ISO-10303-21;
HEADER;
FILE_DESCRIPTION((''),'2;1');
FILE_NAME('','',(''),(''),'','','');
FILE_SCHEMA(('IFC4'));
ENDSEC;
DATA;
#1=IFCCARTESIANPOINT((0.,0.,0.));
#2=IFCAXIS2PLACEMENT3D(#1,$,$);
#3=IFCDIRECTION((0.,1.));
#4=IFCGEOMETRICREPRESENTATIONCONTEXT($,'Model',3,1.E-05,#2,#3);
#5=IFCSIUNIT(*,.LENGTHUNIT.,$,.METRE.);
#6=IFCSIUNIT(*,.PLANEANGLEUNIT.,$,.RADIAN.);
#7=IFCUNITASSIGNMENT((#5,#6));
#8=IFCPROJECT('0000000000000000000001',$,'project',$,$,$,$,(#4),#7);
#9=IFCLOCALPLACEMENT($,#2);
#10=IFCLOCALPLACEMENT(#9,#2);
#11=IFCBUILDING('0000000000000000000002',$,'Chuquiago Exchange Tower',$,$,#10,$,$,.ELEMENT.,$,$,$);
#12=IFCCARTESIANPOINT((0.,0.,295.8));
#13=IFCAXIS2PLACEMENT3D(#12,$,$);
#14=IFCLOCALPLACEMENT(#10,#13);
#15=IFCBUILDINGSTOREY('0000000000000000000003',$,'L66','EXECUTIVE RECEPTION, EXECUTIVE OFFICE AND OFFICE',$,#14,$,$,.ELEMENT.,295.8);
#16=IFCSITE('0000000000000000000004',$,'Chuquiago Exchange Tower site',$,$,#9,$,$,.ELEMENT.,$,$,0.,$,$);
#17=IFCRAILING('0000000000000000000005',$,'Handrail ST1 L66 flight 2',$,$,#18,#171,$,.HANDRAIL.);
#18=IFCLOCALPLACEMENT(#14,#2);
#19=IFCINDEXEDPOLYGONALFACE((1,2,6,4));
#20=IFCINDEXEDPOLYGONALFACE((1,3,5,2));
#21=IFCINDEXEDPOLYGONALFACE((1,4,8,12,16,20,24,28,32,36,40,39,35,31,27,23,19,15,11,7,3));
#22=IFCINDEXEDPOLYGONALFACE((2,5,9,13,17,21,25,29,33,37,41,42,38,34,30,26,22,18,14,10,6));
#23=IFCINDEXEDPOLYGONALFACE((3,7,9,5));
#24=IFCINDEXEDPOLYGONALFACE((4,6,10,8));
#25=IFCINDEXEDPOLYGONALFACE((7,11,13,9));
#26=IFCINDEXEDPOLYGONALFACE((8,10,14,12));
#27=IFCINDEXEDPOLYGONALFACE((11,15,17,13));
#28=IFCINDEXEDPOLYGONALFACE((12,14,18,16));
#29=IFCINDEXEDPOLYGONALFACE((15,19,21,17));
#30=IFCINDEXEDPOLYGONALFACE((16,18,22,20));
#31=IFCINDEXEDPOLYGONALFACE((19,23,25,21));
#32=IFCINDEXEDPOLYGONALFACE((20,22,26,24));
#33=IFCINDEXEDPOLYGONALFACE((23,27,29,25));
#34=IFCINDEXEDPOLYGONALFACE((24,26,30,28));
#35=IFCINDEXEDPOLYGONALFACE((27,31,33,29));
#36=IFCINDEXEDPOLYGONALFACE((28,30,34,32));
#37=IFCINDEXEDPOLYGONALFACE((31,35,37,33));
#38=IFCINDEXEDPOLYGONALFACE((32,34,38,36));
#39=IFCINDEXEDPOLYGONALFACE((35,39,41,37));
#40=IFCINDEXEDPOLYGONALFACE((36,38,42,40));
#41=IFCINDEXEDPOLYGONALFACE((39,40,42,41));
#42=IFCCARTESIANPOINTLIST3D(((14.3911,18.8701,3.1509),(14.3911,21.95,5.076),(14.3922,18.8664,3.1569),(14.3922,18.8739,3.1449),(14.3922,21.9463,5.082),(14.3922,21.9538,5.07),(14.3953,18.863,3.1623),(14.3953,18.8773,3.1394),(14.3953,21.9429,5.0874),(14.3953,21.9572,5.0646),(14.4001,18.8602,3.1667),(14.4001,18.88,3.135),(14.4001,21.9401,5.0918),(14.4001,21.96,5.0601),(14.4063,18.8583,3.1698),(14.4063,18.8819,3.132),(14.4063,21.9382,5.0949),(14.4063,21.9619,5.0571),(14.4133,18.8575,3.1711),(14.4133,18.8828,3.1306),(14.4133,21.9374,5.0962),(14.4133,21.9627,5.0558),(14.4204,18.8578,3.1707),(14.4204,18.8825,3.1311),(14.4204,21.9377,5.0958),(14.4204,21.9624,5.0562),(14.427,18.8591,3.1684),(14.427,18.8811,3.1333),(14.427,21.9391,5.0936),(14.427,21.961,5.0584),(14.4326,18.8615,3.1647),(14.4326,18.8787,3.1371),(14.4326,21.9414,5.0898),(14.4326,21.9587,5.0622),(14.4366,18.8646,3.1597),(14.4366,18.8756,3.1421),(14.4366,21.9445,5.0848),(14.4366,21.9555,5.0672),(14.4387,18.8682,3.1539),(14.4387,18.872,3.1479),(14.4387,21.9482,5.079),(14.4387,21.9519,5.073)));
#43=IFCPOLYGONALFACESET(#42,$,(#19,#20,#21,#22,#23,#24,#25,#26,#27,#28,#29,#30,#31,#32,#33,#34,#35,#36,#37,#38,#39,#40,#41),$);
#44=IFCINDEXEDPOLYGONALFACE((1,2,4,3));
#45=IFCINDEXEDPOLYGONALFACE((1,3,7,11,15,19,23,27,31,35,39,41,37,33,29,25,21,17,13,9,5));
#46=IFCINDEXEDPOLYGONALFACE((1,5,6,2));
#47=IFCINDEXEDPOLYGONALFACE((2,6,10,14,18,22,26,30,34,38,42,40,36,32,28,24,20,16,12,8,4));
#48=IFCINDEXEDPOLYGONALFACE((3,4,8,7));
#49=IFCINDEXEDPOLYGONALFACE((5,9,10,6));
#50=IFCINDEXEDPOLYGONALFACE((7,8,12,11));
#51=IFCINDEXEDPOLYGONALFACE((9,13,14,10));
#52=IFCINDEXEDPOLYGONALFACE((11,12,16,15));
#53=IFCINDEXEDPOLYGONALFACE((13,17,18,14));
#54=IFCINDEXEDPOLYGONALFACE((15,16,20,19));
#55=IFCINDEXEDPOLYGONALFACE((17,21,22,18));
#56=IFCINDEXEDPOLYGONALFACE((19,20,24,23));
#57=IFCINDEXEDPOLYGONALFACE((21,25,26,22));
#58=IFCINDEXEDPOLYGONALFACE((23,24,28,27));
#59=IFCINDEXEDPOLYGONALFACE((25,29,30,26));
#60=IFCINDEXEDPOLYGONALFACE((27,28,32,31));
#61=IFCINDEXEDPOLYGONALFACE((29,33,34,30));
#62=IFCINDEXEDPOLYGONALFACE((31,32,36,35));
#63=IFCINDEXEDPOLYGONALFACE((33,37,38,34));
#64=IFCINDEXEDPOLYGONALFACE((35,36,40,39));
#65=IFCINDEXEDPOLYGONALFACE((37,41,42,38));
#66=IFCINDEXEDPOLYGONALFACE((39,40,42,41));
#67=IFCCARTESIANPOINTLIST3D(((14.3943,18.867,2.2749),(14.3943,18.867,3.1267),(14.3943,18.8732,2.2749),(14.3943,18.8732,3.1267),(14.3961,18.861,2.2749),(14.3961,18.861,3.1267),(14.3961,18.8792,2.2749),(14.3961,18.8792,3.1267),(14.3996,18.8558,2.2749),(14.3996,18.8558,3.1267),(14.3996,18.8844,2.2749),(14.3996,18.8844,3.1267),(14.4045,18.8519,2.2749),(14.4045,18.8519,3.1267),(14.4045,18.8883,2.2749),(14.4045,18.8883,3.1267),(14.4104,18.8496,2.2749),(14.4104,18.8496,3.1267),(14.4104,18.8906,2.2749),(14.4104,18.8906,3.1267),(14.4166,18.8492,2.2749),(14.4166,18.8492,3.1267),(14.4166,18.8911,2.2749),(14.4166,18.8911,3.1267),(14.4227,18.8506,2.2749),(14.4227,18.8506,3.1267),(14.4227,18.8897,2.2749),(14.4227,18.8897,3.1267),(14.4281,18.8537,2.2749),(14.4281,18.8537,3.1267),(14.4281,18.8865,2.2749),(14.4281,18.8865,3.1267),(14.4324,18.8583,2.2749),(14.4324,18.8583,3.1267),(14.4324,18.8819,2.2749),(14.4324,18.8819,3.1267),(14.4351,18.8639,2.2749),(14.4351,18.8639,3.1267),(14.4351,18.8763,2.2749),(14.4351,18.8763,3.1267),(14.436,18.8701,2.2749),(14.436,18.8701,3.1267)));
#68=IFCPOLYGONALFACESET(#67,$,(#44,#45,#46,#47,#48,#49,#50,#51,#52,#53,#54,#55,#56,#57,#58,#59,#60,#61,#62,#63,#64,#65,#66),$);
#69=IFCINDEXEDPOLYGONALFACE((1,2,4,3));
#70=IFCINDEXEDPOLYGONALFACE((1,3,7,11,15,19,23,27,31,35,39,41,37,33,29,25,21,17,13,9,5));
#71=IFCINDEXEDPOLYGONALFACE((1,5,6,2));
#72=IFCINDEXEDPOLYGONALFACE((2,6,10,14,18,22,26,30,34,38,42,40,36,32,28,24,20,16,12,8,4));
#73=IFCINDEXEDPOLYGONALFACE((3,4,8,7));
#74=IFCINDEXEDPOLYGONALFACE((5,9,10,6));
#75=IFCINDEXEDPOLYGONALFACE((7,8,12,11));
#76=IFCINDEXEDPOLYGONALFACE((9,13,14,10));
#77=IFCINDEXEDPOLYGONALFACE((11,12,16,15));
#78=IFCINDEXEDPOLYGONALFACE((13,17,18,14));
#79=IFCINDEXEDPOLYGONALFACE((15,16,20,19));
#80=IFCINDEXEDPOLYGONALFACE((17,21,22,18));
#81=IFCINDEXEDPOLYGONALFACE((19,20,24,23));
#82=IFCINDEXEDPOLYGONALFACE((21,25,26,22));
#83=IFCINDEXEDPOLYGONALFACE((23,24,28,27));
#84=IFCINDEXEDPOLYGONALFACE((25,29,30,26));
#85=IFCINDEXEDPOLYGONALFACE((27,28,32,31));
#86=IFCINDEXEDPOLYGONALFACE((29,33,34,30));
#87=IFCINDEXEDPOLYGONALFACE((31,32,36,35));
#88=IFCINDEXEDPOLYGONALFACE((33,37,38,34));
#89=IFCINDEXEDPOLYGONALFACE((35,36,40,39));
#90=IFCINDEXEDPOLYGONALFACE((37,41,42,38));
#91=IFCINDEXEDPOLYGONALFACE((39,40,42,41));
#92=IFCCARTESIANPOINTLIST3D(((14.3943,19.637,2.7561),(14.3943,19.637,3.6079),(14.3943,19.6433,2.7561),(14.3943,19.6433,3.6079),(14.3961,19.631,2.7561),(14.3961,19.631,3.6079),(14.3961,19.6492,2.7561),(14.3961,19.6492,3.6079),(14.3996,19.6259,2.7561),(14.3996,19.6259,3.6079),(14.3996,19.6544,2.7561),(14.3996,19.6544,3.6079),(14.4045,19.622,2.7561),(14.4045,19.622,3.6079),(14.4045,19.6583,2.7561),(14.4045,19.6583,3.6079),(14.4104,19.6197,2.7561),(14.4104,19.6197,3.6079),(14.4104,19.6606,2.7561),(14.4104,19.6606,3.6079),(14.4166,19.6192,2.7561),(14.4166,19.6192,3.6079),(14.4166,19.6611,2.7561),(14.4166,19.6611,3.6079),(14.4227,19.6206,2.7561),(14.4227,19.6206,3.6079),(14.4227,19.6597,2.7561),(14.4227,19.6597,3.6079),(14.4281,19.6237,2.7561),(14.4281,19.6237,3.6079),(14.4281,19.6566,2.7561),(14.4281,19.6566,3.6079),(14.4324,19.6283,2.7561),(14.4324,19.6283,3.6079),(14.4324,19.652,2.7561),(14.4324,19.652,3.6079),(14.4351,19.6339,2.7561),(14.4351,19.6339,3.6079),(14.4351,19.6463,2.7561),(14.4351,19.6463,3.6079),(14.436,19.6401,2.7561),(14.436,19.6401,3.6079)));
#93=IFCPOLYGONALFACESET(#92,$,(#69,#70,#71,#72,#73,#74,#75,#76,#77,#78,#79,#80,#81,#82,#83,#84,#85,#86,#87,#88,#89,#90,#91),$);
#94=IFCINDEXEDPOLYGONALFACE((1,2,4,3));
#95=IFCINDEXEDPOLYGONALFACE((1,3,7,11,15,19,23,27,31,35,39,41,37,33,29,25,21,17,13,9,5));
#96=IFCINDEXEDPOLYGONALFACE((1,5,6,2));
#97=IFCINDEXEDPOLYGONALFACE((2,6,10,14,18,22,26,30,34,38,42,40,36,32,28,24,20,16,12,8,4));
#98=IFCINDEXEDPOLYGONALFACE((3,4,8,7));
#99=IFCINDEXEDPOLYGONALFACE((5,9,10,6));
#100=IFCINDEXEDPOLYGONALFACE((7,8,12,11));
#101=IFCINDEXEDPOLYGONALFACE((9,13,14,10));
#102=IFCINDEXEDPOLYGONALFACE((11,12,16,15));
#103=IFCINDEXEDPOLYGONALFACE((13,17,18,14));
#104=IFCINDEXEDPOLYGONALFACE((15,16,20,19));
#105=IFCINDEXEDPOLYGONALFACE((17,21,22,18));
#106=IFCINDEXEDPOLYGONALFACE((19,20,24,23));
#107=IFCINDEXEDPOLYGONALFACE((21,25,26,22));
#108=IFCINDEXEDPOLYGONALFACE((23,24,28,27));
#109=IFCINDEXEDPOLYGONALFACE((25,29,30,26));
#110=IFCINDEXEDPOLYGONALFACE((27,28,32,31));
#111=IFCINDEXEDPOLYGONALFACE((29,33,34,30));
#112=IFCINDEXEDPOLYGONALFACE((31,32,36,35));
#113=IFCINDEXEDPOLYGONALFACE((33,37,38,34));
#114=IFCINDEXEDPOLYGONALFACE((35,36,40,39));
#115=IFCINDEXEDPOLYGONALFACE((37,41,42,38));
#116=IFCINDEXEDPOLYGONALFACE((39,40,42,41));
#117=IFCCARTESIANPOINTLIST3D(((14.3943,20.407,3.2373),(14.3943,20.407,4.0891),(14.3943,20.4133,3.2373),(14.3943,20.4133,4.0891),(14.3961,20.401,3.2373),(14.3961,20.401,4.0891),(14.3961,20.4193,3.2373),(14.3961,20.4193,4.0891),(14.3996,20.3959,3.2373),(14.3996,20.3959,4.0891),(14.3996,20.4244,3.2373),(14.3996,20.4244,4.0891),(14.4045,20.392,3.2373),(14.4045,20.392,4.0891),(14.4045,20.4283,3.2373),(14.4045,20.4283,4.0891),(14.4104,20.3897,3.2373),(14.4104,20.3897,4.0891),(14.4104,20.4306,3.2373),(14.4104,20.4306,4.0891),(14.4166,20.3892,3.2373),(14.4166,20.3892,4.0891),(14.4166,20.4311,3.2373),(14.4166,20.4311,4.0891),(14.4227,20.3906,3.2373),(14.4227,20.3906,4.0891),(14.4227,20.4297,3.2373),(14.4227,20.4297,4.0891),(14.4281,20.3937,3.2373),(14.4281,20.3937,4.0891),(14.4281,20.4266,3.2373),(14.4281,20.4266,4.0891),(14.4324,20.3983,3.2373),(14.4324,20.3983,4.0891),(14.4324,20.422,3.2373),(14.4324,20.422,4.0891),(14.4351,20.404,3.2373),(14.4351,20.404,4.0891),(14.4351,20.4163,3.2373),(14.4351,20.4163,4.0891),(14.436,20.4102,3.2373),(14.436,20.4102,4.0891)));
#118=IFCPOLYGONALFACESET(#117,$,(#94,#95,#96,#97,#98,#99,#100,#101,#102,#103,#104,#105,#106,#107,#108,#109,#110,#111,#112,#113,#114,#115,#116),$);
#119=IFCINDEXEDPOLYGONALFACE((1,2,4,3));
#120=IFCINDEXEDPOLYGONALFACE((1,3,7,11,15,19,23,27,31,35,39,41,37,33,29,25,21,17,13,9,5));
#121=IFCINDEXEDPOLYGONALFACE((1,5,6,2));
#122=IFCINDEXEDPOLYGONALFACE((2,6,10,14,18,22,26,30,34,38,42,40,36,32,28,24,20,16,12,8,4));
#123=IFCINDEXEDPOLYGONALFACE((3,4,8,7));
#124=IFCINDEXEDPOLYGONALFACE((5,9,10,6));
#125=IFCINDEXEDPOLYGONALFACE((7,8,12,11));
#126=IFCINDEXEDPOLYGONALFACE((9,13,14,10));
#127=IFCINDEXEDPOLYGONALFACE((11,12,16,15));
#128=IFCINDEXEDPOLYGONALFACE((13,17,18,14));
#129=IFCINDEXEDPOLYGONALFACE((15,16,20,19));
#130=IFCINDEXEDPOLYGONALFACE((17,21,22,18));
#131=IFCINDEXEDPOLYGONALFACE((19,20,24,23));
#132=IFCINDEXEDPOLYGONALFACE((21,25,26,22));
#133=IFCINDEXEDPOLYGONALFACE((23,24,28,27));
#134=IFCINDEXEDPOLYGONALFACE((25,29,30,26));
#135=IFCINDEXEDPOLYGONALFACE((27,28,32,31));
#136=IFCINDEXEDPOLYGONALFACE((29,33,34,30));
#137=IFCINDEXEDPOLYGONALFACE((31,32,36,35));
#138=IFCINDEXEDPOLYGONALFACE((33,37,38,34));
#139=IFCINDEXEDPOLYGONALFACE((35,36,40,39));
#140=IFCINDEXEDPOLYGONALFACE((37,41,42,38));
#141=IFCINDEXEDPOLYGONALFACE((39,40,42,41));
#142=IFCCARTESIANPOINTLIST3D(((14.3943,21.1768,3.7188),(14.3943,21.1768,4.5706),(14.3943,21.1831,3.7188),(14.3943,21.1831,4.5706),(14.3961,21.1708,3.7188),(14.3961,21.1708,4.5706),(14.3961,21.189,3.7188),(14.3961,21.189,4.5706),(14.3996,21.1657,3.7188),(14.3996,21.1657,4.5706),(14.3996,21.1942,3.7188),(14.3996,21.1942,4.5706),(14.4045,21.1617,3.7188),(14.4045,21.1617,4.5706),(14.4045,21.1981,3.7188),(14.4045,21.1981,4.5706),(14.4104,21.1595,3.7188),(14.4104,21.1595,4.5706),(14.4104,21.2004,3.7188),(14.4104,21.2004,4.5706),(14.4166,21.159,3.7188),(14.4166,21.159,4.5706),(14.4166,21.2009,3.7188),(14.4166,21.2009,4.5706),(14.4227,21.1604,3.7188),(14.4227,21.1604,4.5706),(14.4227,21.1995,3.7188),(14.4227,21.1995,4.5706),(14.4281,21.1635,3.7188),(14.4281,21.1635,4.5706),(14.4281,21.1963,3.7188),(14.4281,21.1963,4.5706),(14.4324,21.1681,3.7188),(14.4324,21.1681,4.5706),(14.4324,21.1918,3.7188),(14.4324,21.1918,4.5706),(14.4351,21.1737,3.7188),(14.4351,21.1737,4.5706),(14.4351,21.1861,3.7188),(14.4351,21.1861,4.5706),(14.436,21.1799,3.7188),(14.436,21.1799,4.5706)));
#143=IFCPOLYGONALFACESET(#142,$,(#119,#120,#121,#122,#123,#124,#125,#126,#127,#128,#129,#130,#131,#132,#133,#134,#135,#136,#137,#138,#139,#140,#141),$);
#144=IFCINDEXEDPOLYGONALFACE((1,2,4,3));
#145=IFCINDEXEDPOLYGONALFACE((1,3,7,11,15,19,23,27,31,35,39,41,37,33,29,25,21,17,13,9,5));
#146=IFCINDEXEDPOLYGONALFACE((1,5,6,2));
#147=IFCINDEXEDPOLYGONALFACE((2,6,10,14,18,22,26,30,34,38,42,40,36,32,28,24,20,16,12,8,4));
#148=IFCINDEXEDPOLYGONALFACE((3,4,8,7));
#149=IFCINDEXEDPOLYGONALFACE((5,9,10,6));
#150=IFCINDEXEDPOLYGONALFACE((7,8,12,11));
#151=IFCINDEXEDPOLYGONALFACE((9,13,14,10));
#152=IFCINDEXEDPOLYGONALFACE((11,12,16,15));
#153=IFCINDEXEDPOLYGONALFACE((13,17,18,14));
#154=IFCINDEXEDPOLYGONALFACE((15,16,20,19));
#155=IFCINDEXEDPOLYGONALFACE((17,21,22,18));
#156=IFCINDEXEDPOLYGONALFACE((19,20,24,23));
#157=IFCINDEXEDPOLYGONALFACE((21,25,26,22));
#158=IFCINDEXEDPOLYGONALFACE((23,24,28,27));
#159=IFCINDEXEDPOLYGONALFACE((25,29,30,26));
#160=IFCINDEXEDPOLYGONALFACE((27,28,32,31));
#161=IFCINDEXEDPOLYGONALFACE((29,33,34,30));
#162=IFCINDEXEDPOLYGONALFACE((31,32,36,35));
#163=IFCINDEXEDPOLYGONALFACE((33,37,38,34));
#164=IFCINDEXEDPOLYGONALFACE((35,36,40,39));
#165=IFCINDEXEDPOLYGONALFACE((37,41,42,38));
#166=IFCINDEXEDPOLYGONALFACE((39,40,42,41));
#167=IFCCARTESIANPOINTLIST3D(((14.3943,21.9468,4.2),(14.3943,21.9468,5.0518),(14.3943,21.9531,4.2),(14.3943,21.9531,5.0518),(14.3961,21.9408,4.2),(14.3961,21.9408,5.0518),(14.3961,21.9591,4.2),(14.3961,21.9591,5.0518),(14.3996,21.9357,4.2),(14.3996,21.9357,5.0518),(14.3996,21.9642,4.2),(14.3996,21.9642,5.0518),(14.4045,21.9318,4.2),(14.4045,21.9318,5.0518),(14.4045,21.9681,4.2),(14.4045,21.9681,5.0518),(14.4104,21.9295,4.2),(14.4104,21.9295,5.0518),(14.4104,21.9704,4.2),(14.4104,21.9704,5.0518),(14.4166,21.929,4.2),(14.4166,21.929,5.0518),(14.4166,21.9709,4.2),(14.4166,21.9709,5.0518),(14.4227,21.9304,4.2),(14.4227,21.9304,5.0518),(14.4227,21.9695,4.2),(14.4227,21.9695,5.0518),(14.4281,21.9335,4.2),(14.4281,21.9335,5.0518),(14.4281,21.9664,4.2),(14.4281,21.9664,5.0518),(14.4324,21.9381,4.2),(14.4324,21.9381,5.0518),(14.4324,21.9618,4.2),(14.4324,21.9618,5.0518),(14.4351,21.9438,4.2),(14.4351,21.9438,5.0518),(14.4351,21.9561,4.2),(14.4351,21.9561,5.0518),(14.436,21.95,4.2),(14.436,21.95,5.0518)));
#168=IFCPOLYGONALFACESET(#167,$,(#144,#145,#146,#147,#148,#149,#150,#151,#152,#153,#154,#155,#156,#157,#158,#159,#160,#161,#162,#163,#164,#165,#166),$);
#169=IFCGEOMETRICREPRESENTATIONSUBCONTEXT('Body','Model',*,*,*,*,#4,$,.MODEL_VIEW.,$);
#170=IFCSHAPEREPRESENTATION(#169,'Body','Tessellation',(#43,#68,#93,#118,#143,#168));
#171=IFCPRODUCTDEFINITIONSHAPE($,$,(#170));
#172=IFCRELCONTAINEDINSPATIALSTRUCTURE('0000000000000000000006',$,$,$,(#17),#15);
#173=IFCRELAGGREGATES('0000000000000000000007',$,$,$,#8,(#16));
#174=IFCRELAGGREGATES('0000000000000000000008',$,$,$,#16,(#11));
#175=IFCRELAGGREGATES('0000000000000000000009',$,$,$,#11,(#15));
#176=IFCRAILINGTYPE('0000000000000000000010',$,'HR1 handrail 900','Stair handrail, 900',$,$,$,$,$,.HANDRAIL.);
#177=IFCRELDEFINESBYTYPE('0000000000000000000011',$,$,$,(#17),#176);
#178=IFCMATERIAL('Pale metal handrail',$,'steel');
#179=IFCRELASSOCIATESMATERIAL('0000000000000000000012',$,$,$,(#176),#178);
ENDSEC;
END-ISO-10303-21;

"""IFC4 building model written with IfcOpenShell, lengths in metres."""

from ifc_helpers import new_model, si_unit, direction, frame, origin, origin_2d, place, context, subcontext, project, spatial, circle, extrude, material, type_object, element, save


model = new_model("IFC4")

# Units and contexts
model_context = context("Model", 3, precision=1e-05, world=origin(), true_north=direction((0.0, 1.0)))
body_context = subcontext(model_context, "Body", "Model", "MODEL_VIEW")
ifc_project = project(units=[si_unit("LENGTHUNIT", "METRE"), si_unit("PLANEANGLEUNIT", "RADIAN")], contexts=[model_context])

# Site, building, storey
site_placement = place(None, origin())
site = spatial("IfcSite", under=ifc_project, at=site_placement, Name="Chuquiago Exchange Tower site", CompositionType="ELEMENT", RefElevation=0.0)
building_placement = place(site_placement, origin())
building = spatial("IfcBuilding", under=site, at=building_placement, Name="Chuquiago Exchange Tower", CompositionType="ELEMENT")
storey_placement = place(building_placement, frame((0.0, 0.0, 295.8)))
storey = spatial("IfcBuildingStorey", under=building, at=storey_placement, Name="L66", Description="EXECUTIVE RECEPTION, EXECUTIVE OFFICE AND OFFICE", CompositionType="ELEMENT", Elevation=295.8)

# Railing
ifc_material_1 = material(Name="Pale metal handrail", Category="steel")
railing_type_1 = type_object("IfcRailingType", Name="HR1 handrail 900", Description="Stair handrail, 900", PredefinedType="HANDRAIL", material=ifc_material_1)
for number, where, name in (
    (1, (14.415, 18.8701, 2.2749), "Handrail ST1 L66 flight 2"),
):
    element("IfcRailing", number, at=place(storey_placement, frame(where)), inside=storey, type_object=railing_type_1, Name=name, PredefinedType="HANDRAIL", context=body_context, shape_type="SweptSolid", body=[
        extrude(circle(Radius=0.0239, at=origin_2d()), frame((0.0, 0.0, 0.876), z_axis=(0.0, 0.847979, 0.530029), x_axis=(-1.0, 0.0, 0.0)), (0.0, 0.0, 1.0), 3.6321),
        extrude(circle(Radius=0.021, at=origin_2d()), origin(), (0.0, 0.0, 1.0), 0.8518),
        extrude(circle(Radius=0.021, at=origin_2d()), frame((0.0, 0.77, 0.4812)), (0.0, 0.0, 1.0), 0.8518),
        extrude(circle(Radius=0.021, at=origin_2d()), frame((0.0, 1.54, 0.9624)), (0.0, 0.0, 1.0), 0.8518),
        extrude(circle(Radius=0.021, at=origin_2d()), frame((0.0, 2.3098, 1.4438)), (0.0, 0.0, 1.0), 0.8518),
        extrude(circle(Radius=0.021, at=origin_2d()), frame((0.0, 3.0798, 1.925)), (0.0, 0.0, 1.0), 0.8518),
    ])

save(model, "model.ifc")
